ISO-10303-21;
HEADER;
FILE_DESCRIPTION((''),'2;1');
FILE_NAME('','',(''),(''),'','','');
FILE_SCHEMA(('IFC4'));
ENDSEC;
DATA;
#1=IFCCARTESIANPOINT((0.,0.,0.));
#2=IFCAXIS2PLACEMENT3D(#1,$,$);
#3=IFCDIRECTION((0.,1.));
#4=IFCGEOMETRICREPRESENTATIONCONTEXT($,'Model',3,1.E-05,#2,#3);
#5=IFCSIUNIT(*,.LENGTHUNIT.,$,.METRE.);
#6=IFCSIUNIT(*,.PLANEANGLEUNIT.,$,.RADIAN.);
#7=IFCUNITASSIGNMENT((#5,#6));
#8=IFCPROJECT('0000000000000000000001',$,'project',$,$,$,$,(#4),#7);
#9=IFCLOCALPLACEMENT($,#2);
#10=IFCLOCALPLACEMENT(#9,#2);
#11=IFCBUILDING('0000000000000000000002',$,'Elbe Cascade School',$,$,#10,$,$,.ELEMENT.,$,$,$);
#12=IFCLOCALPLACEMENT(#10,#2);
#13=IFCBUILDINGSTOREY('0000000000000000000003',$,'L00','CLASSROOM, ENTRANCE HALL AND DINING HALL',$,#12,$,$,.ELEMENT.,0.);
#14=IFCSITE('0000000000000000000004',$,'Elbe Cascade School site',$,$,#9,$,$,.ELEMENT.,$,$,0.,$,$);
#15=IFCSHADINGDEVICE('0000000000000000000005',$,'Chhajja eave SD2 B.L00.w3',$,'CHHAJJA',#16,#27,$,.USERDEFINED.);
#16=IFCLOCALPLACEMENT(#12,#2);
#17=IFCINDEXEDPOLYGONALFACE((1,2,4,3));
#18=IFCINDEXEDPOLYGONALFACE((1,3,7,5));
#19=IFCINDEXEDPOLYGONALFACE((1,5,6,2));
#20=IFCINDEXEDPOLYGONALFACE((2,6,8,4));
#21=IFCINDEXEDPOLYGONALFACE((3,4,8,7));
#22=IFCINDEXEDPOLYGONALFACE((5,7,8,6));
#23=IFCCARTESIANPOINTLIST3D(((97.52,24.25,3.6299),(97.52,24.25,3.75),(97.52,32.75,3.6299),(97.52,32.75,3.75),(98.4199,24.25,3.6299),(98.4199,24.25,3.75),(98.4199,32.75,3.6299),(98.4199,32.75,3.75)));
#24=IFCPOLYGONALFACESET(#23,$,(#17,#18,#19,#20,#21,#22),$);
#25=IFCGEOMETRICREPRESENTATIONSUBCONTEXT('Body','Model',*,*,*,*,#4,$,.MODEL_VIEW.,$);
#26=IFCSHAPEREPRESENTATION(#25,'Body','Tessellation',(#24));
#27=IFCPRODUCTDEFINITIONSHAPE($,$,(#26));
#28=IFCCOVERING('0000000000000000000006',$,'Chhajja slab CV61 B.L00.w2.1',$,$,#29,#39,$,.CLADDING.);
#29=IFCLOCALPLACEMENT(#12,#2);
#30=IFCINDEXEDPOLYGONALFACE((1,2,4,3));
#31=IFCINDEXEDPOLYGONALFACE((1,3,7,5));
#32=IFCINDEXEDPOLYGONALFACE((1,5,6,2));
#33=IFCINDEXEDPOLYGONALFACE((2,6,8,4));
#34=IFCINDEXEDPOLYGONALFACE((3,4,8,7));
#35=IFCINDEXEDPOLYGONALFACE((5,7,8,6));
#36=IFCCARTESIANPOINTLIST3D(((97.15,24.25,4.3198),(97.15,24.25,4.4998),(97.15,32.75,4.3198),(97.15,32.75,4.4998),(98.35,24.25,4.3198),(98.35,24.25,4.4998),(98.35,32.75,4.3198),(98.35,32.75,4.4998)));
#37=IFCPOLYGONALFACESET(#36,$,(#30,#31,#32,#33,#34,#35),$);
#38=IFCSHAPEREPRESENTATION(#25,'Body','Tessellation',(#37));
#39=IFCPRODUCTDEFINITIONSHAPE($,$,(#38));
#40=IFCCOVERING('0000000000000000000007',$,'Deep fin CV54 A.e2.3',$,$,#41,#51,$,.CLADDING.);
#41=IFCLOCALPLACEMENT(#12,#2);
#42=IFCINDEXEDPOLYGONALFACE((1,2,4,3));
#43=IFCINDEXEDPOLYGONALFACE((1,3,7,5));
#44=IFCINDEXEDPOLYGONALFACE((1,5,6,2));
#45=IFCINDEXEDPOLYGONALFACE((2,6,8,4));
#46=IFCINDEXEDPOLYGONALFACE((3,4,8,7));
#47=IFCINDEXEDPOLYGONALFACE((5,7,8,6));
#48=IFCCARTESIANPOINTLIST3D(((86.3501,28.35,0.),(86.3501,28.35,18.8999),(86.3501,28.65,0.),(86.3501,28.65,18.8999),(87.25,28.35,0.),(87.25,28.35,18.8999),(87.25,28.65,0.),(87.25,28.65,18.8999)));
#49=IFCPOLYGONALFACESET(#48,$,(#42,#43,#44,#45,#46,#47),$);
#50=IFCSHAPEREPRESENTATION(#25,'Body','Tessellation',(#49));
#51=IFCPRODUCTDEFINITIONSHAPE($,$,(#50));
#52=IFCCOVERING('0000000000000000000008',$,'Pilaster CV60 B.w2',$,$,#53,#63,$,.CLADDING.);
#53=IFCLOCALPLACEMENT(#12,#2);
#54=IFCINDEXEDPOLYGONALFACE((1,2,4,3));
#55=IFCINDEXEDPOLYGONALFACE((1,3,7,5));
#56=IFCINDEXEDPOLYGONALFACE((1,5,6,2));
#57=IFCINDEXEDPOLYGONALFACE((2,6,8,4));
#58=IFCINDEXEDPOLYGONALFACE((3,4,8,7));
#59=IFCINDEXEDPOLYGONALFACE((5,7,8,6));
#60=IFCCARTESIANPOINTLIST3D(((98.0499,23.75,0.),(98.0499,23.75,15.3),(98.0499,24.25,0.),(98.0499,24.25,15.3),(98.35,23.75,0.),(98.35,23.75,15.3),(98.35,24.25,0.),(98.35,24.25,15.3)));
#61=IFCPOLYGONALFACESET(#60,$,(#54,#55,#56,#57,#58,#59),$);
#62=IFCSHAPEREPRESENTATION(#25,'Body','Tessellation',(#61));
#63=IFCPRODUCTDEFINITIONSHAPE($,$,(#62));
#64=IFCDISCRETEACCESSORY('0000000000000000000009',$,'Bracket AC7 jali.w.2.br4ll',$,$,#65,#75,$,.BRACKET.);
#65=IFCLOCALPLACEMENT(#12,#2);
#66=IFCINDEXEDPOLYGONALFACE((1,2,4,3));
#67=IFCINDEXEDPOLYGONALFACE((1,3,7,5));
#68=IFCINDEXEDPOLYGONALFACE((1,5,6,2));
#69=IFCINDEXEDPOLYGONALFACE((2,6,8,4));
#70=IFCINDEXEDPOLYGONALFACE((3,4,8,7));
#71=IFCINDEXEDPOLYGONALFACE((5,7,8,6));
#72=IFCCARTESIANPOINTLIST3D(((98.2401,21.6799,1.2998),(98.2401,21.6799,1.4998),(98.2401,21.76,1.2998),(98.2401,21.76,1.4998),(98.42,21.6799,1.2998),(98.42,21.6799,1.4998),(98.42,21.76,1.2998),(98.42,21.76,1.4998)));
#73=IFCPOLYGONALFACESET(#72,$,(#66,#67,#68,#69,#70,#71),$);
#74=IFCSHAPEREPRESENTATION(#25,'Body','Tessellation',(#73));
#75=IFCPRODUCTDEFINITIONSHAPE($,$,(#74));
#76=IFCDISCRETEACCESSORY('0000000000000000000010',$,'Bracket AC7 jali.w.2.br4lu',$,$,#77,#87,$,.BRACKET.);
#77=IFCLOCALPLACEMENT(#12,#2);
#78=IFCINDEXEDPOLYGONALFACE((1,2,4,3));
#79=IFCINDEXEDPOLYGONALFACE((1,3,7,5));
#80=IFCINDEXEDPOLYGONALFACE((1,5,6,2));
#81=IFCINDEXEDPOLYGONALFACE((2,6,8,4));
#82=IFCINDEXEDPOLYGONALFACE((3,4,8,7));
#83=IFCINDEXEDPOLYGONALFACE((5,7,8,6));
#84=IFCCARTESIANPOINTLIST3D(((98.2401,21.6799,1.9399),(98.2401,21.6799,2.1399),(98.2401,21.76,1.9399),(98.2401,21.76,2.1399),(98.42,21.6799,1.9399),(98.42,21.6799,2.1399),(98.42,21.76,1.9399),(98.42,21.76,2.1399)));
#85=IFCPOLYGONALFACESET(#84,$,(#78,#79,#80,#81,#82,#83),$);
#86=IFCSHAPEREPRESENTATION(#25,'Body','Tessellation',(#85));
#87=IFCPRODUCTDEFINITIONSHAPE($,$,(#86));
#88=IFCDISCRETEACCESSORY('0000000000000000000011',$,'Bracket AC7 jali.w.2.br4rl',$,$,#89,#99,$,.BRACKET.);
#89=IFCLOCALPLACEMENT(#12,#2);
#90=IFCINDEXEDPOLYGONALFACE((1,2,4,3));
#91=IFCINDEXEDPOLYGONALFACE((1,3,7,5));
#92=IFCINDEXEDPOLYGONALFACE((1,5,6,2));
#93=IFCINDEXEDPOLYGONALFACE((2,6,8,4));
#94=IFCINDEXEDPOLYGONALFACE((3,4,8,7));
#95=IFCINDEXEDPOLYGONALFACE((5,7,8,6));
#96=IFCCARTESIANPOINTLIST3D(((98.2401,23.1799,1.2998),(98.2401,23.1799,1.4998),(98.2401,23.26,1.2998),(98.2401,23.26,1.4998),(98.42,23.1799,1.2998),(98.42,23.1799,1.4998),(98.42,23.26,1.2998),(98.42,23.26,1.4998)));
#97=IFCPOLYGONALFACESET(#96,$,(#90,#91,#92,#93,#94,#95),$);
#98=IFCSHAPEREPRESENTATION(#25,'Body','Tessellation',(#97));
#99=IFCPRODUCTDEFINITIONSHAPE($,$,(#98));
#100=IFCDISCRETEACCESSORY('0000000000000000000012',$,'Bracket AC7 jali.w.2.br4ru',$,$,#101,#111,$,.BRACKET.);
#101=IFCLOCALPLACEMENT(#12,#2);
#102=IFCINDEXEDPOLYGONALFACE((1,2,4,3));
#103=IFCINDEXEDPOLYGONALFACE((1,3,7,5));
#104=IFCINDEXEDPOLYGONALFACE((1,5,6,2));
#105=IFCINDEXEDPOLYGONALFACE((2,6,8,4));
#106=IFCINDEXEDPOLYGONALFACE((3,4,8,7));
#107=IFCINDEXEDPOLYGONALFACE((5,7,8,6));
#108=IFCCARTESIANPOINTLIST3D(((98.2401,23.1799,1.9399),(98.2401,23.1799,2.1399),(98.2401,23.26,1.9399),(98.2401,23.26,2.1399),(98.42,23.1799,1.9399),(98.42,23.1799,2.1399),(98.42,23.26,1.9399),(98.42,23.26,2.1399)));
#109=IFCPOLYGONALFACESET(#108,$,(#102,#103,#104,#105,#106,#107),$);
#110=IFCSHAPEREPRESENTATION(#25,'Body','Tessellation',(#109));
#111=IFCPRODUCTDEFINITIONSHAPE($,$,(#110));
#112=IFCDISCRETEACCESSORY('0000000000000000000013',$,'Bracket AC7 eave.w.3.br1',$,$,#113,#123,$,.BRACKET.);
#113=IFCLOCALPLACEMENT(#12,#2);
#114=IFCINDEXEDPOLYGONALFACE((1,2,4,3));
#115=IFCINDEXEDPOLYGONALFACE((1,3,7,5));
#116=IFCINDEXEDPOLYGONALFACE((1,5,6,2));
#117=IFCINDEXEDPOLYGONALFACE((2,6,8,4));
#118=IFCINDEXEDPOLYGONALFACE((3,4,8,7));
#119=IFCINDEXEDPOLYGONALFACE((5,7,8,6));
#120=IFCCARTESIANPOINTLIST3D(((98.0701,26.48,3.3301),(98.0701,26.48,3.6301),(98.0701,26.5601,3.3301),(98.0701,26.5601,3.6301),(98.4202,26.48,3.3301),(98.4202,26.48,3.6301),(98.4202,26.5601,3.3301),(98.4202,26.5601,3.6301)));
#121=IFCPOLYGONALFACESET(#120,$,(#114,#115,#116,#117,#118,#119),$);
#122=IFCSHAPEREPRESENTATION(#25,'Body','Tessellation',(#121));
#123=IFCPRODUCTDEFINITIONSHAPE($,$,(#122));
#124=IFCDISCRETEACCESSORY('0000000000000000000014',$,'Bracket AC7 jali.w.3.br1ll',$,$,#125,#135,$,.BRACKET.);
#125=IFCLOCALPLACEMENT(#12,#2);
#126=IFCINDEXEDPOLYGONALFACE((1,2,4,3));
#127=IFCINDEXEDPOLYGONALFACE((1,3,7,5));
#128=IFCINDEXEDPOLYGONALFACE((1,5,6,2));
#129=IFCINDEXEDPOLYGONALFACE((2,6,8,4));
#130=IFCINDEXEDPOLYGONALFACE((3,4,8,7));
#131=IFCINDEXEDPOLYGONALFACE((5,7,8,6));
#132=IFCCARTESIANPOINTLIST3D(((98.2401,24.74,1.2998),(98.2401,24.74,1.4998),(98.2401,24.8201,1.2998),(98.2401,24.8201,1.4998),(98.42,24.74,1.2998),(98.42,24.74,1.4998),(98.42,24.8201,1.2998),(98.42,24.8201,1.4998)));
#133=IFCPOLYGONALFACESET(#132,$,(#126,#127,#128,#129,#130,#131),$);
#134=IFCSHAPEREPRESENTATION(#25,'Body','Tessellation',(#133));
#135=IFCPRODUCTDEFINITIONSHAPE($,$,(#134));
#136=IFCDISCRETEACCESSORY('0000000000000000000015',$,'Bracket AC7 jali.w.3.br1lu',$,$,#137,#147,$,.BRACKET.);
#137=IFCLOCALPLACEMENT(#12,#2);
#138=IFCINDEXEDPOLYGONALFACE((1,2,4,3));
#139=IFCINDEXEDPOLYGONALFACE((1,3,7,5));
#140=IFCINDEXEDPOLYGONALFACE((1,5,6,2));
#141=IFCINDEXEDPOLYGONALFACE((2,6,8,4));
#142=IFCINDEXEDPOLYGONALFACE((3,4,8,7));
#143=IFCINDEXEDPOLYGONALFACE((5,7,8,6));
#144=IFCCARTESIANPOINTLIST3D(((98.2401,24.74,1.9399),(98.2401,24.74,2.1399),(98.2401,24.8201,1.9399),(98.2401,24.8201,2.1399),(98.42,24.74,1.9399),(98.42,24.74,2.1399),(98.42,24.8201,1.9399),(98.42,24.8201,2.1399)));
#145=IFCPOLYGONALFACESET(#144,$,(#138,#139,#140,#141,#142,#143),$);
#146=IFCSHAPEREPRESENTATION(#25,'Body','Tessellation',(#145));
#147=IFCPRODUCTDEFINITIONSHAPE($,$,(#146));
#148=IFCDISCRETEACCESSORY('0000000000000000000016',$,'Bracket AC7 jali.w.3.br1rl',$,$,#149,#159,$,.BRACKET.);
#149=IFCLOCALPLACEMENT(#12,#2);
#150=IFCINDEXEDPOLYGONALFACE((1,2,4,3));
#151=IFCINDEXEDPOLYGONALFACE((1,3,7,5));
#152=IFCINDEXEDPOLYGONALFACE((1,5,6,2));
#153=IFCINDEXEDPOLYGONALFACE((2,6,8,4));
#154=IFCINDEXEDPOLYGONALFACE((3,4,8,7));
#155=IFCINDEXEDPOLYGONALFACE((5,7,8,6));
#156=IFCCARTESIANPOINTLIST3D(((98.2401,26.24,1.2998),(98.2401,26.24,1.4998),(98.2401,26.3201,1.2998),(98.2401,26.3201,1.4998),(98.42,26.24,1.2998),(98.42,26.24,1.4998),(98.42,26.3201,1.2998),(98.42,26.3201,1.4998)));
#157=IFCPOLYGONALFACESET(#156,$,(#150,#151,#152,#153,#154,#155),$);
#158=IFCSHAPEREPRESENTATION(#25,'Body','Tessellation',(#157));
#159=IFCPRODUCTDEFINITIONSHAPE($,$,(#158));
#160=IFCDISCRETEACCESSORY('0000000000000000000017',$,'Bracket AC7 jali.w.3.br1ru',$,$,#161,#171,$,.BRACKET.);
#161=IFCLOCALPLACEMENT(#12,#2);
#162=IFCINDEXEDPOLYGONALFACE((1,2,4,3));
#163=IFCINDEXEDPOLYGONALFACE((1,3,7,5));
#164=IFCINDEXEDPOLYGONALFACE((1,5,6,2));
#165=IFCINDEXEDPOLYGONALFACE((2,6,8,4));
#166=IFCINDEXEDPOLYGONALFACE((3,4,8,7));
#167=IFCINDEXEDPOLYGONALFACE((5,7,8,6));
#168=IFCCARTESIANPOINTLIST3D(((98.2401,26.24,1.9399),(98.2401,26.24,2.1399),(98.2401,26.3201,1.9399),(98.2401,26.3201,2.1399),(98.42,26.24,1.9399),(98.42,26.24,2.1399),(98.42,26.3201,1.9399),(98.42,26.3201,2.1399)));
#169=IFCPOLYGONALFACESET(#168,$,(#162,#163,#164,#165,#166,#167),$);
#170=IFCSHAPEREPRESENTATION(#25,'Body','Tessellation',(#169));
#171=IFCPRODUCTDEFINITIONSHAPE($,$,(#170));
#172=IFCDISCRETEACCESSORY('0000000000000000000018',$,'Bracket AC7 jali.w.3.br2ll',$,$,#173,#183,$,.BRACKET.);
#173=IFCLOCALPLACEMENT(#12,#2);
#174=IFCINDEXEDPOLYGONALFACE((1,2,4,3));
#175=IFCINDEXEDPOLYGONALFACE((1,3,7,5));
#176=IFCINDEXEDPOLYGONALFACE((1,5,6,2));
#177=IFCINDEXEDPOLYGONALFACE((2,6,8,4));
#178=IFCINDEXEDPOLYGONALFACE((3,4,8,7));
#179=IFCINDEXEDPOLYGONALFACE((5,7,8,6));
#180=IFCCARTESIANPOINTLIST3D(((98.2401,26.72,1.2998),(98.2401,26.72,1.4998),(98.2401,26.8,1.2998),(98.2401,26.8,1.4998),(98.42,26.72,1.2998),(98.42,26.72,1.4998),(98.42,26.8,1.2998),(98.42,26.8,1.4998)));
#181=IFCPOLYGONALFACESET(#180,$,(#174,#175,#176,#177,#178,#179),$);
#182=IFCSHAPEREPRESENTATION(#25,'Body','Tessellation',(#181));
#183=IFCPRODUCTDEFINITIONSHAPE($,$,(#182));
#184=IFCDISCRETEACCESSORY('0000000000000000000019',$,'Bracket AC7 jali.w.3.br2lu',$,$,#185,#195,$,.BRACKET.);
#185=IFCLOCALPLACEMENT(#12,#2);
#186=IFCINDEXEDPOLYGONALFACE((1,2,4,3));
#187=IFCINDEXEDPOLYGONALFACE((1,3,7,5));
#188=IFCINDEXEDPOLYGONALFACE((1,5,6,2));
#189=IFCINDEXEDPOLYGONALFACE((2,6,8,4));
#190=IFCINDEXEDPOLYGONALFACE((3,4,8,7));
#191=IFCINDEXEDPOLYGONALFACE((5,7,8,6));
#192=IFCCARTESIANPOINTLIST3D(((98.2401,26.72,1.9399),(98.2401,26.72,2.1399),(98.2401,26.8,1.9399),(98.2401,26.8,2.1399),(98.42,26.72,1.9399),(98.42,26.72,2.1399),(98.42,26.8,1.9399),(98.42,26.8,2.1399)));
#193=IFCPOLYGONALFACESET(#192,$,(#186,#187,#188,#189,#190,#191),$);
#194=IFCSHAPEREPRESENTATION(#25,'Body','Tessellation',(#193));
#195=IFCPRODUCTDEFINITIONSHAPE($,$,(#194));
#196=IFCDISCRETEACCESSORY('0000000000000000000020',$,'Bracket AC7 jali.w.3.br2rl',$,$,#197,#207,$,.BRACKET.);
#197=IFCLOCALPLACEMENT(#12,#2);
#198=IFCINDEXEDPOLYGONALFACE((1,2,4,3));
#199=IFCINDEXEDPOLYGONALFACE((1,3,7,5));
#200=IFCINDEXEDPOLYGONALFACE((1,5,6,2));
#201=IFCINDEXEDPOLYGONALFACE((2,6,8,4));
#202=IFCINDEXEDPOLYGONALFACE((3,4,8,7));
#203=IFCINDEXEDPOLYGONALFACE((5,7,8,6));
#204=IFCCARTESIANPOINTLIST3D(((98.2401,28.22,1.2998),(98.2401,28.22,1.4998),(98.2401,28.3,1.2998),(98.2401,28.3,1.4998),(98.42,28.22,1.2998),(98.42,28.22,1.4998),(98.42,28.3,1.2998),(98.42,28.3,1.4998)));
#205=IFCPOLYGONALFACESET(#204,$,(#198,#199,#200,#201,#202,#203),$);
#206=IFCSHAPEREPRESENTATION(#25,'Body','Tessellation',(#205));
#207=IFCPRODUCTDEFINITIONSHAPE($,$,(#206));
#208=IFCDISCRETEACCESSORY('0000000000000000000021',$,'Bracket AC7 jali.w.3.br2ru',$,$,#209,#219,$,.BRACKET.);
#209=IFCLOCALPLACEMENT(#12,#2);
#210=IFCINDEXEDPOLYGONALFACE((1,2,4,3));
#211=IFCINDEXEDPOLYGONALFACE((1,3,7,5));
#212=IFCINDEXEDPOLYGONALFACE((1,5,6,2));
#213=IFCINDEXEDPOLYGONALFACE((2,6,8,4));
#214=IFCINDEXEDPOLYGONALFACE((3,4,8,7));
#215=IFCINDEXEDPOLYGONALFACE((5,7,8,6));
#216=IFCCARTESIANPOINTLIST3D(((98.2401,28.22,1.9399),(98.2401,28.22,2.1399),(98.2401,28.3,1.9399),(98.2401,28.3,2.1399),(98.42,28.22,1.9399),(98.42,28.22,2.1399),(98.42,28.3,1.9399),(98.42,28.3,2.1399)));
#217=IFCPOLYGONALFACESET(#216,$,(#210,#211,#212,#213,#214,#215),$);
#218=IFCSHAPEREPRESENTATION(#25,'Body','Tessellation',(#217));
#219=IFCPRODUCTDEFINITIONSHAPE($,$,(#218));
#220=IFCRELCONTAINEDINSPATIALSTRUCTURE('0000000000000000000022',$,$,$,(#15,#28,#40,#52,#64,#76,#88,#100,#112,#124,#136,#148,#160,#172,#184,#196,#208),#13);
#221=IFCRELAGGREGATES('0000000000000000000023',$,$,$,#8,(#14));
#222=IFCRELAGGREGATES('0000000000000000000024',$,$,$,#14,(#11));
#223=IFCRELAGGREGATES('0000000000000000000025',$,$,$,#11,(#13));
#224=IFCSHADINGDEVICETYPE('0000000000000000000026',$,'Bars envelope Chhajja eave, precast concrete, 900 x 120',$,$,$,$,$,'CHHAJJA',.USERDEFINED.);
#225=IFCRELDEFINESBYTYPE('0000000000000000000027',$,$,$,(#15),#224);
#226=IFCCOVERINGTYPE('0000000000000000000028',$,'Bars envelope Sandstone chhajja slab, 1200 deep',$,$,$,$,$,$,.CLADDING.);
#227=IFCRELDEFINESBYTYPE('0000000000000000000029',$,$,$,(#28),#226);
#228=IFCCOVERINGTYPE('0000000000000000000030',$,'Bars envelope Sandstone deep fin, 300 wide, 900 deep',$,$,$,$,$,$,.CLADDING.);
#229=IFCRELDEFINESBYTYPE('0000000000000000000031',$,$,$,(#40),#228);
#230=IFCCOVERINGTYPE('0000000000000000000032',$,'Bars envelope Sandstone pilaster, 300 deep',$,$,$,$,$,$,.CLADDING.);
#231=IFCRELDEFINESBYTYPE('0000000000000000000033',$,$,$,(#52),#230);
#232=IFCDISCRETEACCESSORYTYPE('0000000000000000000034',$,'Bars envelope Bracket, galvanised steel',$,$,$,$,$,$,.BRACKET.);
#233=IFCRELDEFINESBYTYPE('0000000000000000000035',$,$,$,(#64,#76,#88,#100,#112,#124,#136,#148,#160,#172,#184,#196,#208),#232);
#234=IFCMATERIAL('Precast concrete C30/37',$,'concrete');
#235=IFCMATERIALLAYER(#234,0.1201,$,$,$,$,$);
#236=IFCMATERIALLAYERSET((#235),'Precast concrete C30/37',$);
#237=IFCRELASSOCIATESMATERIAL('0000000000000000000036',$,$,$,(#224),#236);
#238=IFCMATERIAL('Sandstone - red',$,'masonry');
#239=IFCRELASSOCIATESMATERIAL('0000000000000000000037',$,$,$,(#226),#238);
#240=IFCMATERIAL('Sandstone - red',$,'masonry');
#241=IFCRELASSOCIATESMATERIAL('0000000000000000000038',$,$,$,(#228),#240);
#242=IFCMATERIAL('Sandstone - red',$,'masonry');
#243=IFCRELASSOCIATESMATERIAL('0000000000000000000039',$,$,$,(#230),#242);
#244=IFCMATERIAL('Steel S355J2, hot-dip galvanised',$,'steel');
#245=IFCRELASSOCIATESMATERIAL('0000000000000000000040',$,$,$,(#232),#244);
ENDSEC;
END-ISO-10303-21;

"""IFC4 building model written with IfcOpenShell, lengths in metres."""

from ifc_helpers import new_model, si_unit, direction, frame, origin, origin_2d, place, context, subcontext, project, spatial, rectangle, extrude, material, layer, layer_set, type_object, element, save


model = new_model("IFC4")

# Units and contexts
model_context = context("Model", 3, precision=1e-05, world=origin(), true_north=direction((0.0, 1.0)))
body_context = subcontext(model_context, "Body", "Model", "MODEL_VIEW")
ifc_project = project(units=[si_unit("LENGTHUNIT", "METRE"), si_unit("PLANEANGLEUNIT", "RADIAN")], contexts=[model_context])

# Site, building, storey
site_placement = place(None, origin())
site = spatial("IfcSite", under=ifc_project, at=site_placement, Name="Elbe Cascade School site", CompositionType="ELEMENT", RefElevation=0.0)
building_placement = place(site_placement, origin())
building = spatial("IfcBuilding", under=site, at=building_placement, Name="Elbe Cascade School", CompositionType="ELEMENT")
storey_placement = place(building_placement, origin())
storey = spatial("IfcBuildingStorey", under=building, at=storey_placement, Name="L00", Description="CLASSROOM, ENTRANCE HALL AND DINING HALL", CompositionType="ELEMENT", Elevation=0.0)

# Shading device
ifc_material_1 = material(Name="Precast concrete C30/37", Category="concrete")
ifc_layer_1 = layer(ifc_material_1, 0.1201)
ifc_layer_set_1 = layer_set([ifc_layer_1], Name="Precast concrete C30/37")
shading_device_type_1 = type_object("IfcShadingDeviceType", Name="Bars envelope Chhajja eave, precast concrete, 900 x 120", ElementType="CHHAJJA", PredefinedType="USERDEFINED", material=ifc_layer_set_1)
shading_device_1_placement = place(storey_placement, frame((97.97, 28.5, 3.6299), z_axis=(0.0, 0.0, 1.0), x_axis=(0.0, 1.0, 0.0)))
element("IfcShadingDevice", 1, at=shading_device_1_placement, inside=storey, type_object=shading_device_type_1, Name="Chhajja eave SD2 B.L00.w3", ObjectType="CHHAJJA", PredefinedType="USERDEFINED", context=body_context, shape_type="SweptSolid", body=[
    extrude(rectangle(XDim=8.5, YDim=0.8999, at=origin_2d()), origin(), (0.0, 0.0, 1.0), 0.1201),
])

# Coverings
ifc_material_2 = material(Name="Sandstone - red", Category="masonry")
covering_type_1 = type_object("IfcCoveringType", Name="Bars envelope Sandstone chhajja slab, 1200 deep", PredefinedType="CLADDING", material=ifc_material_2)
covering_1_placement = place(storey_placement, frame((97.75, 28.5, 4.3198), z_axis=(0.0, 0.0, 1.0), x_axis=(0.0, 1.0, 0.0)))
element("IfcCovering", 2, at=covering_1_placement, inside=storey, type_object=covering_type_1, Name="Chhajja slab CV61 B.L00.w2.1", PredefinedType="CLADDING", context=body_context, shape_type="SweptSolid", body=[
    extrude(rectangle(XDim=8.5, YDim=1.2, at=origin_2d()), origin(), (0.0, 0.0, 1.0), 0.1799),
])
ifc_material_3 = material(Name="Sandstone - red", Category="masonry")
covering_type_2 = type_object("IfcCoveringType", Name="Bars envelope Sandstone deep fin, 300 wide, 900 deep", PredefinedType="CLADDING", material=ifc_material_3)
covering_2_placement = place(storey_placement, frame((86.8, 28.5, 0.0), z_axis=(0.0, 0.0, 1.0), x_axis=(0.0, 1.0, 0.0)))
element("IfcCovering", 3, at=covering_2_placement, inside=storey, type_object=covering_type_2, Name="Deep fin CV54 A.e2.3", PredefinedType="CLADDING", context=body_context, shape_type="SweptSolid", body=[
    extrude(rectangle(XDim=0.3, YDim=0.8999, at=origin_2d()), origin(), (0.0, 0.0, 1.0), 18.8999),
])
ifc_material_4 = material(Name="Sandstone - red", Category="masonry")
covering_type_3 = type_object("IfcCoveringType", Name="Bars envelope Sandstone pilaster, 300 deep", PredefinedType="CLADDING", material=ifc_material_4)
covering_3_placement = place(storey_placement, frame((98.2, 24.0, 0.0), z_axis=(0.0, 0.0, 1.0), x_axis=(0.0, 1.0, 0.0)))
element("IfcCovering", 4, at=covering_3_placement, inside=storey, type_object=covering_type_3, Name="Pilaster CV60 B.w2", PredefinedType="CLADDING", context=body_context, shape_type="SweptSolid", body=[
    extrude(rectangle(XDim=0.5, YDim=0.3, at=origin_2d()), origin(), (0.0, 0.0, 1.0), 15.3),
])

# Discrete accessories
ifc_material_5 = material(Name="Steel S355J2, hot-dip galvanised", Category="steel")
discrete_accessory_type = type_object("IfcDiscreteAccessoryType", Name="Bars envelope Bracket, galvanised steel", PredefinedType="BRACKET", material=ifc_material_5)
for number, where, z_axis, x_axis, name in (
    (5, (98.3301, 21.72, 1.2998), (0.0, 0.0, 1.0), (0.0, 1.0, 0.0), "Bracket AC7 jali.w.2.br4ll"),
    (6, (98.3301, 21.72, 1.9399), (0.0, 0.0, 1.0), (0.0, 1.0, 0.0), "Bracket AC7 jali.w.2.br4lu"),
    (7, (98.3301, 23.22, 1.2998), (0.0, 0.0, 1.0), (0.0, 1.0, 0.0), "Bracket AC7 jali.w.2.br4rl"),
    (8, (98.3301, 23.22, 1.9399), (0.0, 0.0, 1.0), (0.0, 1.0, 0.0), "Bracket AC7 jali.w.2.br4ru"),
):
    element("IfcDiscreteAccessory", number, at=place(storey_placement, frame(where, z_axis=z_axis, x_axis=x_axis)), inside=storey, type_object=discrete_accessory_type, Name=name, PredefinedType="BRACKET", context=body_context, shape_type="SweptSolid", body=[
        extrude(rectangle(XDim=0.0801, YDim=0.1799, at=origin_2d()), origin(), (0.0, 0.0, 1.0), 0.2),
    ])
discrete_accessory_1_placement = place(storey_placement, frame((98.2451, 26.52, 3.3301), z_axis=(0.0, 0.0, 1.0), x_axis=(0.0, 1.0, 0.0)))
element("IfcDiscreteAccessory", 9, at=discrete_accessory_1_placement, inside=storey, type_object=discrete_accessory_type, Name="Bracket AC7 eave.w.3.br1", PredefinedType="BRACKET", context=body_context, shape_type="SweptSolid", body=[
    extrude(rectangle(XDim=0.0801, YDim=0.3501, at=origin_2d()), origin(), (0.0, 0.0, 1.0), 0.3),
])
for number, where, z_axis, x_axis, name in (
    (10, (98.3301, 24.78, 1.2998), (0.0, 0.0, 1.0), (0.0, 1.0, 0.0), "Bracket AC7 jali.w.3.br1ll"),
    (11, (98.3301, 24.78, 1.9399), (0.0, 0.0, 1.0), (0.0, 1.0, 0.0), "Bracket AC7 jali.w.3.br1lu"),
    (12, (98.3301, 26.28, 1.2998), (0.0, 0.0, 1.0), (0.0, 1.0, 0.0), "Bracket AC7 jali.w.3.br1rl"),
    (13, (98.3301, 26.28, 1.9399), (0.0, 0.0, 1.0), (0.0, 1.0, 0.0), "Bracket AC7 jali.w.3.br1ru"),
    (14, (98.3301, 26.76, 1.2998), (0.0, 0.0, 1.0), (0.0, 1.0, 0.0), "Bracket AC7 jali.w.3.br2ll"),
    (15, (98.3301, 26.76, 1.9399), (0.0, 0.0, 1.0), (0.0, 1.0, 0.0), "Bracket AC7 jali.w.3.br2lu"),
    (16, (98.3301, 28.26, 1.2998), (0.0, 0.0, 1.0), (0.0, 1.0, 0.0), "Bracket AC7 jali.w.3.br2rl"),
    (17, (98.3301, 28.26, 1.9399), (0.0, 0.0, 1.0), (0.0, 1.0, 0.0), "Bracket AC7 jali.w.3.br2ru"),
):
    element("IfcDiscreteAccessory", number, at=place(storey_placement, frame(where, z_axis=z_axis, x_axis=x_axis)), inside=storey, type_object=discrete_accessory_type, Name=name, PredefinedType="BRACKET", context=body_context, shape_type="SweptSolid", body=[
        extrude(rectangle(XDim=0.0801, YDim=0.1799, at=origin_2d()), origin(), (0.0, 0.0, 1.0), 0.2),
    ])

save(model, "model.ifc")
